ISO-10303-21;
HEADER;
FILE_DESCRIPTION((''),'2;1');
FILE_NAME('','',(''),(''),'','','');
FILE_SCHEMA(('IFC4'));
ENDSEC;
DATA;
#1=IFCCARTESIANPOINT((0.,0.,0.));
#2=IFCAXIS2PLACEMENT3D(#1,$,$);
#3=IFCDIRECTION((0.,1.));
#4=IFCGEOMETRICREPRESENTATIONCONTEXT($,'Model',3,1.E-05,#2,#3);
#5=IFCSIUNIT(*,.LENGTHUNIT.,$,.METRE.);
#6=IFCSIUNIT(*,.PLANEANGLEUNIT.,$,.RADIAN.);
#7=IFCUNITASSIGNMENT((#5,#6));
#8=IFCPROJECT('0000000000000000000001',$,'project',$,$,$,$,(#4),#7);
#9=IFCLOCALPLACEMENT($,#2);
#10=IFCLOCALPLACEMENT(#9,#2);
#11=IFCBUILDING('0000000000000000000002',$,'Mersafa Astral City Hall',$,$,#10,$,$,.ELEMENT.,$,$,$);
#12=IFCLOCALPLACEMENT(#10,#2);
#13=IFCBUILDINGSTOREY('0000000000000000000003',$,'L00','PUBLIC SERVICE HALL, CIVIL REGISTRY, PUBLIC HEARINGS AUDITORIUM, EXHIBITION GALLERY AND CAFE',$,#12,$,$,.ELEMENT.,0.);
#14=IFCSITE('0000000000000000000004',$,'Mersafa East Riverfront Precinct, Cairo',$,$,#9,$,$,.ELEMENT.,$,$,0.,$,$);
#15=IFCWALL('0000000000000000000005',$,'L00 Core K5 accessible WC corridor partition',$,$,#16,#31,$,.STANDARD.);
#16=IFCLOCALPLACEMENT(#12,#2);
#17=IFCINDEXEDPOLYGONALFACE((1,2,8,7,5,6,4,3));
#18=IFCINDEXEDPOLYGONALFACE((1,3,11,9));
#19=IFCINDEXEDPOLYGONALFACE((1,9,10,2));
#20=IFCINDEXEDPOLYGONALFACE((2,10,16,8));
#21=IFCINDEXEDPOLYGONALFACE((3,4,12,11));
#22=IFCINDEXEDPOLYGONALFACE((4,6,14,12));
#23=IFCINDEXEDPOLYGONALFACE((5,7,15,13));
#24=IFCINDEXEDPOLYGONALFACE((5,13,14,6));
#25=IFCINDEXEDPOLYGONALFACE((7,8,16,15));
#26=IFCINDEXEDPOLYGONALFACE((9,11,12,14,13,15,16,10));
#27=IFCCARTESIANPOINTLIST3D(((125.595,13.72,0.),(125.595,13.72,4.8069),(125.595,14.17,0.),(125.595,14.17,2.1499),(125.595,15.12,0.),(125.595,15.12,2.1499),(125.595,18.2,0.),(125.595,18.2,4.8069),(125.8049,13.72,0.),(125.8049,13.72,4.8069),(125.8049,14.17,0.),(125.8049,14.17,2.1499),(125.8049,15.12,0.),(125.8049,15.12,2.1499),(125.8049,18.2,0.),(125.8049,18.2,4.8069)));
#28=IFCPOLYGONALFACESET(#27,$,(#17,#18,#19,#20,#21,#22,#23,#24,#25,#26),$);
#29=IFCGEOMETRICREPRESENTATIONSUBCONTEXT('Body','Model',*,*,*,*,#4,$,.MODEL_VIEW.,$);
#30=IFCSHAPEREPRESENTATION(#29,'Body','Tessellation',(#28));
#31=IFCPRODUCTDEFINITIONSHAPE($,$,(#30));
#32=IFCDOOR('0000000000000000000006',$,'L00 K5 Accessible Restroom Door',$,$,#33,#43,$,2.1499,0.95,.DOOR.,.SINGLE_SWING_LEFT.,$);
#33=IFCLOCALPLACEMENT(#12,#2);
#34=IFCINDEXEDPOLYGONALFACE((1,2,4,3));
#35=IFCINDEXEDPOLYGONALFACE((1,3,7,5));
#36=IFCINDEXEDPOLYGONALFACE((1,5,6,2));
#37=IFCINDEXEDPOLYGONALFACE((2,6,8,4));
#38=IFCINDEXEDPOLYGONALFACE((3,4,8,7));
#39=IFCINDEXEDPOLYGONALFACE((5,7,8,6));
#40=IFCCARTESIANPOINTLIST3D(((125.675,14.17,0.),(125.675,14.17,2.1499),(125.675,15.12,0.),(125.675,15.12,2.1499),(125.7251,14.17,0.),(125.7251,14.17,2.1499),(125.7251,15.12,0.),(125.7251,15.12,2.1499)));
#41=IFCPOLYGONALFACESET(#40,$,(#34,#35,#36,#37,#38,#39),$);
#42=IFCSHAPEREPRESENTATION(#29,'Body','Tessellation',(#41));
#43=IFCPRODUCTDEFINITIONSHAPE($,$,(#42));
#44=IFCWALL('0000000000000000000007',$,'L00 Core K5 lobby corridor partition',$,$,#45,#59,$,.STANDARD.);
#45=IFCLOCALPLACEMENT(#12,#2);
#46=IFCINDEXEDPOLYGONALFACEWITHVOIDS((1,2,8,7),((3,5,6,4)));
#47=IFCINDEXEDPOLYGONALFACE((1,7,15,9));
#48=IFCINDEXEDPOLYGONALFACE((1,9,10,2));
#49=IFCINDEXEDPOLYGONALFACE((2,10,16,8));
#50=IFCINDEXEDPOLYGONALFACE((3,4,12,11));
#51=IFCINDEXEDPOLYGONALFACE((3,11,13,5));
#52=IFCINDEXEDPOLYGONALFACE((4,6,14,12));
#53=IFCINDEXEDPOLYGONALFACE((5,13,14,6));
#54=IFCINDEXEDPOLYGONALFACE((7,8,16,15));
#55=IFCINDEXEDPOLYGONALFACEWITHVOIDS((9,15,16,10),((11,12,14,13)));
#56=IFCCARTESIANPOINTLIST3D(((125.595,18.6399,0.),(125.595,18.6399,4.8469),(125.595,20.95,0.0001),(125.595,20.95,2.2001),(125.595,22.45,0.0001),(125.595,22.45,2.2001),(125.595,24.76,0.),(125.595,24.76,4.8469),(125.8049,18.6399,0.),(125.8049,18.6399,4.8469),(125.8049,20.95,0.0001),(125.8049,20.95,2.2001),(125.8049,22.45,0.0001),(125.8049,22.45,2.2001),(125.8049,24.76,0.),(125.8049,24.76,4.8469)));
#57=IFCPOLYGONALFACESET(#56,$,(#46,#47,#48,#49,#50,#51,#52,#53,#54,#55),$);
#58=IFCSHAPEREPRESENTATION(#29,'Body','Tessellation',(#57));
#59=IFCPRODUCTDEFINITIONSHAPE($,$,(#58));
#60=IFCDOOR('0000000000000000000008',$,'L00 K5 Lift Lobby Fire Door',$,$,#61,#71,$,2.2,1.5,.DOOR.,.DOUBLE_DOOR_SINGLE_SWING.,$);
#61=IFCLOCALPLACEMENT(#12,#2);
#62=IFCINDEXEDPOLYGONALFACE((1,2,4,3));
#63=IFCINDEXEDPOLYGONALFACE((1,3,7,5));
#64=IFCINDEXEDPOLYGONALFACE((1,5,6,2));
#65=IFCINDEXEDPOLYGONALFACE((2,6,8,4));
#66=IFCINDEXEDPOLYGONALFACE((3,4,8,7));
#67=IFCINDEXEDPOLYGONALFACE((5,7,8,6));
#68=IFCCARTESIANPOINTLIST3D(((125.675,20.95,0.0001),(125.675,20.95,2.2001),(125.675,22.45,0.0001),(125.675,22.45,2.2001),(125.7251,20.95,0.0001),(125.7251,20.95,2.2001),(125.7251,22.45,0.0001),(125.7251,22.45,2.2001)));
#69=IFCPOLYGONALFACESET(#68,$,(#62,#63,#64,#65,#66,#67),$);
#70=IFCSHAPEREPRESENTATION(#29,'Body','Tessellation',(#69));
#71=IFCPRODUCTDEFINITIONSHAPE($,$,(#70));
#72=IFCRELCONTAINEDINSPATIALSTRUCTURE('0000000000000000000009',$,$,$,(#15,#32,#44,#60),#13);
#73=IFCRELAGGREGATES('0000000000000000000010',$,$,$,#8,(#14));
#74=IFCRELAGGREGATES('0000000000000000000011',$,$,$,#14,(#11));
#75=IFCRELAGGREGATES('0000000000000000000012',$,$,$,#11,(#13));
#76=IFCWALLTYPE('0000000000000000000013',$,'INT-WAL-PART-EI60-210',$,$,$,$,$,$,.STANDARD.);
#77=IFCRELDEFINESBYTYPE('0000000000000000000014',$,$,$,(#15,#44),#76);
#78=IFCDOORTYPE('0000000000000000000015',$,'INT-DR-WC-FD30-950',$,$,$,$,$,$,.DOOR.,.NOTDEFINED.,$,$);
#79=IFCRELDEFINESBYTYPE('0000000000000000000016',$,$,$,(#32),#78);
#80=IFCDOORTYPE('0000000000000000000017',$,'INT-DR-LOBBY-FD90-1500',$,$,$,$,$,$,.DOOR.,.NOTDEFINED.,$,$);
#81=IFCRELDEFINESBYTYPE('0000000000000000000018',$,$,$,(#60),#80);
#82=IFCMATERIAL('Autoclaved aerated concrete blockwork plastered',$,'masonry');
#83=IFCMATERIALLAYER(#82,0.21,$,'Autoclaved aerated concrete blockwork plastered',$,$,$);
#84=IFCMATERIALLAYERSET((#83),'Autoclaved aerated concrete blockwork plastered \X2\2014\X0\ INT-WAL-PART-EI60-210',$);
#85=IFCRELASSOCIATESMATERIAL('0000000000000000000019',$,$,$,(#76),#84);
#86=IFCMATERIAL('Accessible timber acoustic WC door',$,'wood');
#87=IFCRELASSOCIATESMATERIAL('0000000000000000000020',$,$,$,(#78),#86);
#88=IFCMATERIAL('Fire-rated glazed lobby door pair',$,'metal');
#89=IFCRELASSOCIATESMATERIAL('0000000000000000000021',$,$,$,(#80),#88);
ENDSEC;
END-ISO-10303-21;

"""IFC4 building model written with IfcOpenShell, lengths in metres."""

from ifc_helpers import new_model, si_unit, direction, frame, frame_2d, origin, place, context, subcontext, project, spatial, rectangle, extrude, material, layer, layer_set, type_object, element, fill, save


model = new_model("IFC4")

# Units and contexts
model_context = context("Model", 3, precision=1e-05, world=origin(), true_north=direction((0.0, 1.0)))
body_context = subcontext(model_context, "Body", "Model", "MODEL_VIEW")
ifc_project = project(units=[si_unit("LENGTHUNIT", "METRE"), si_unit("PLANEANGLEUNIT", "RADIAN")], contexts=[model_context])

# Site, building, storey
site_placement = place(None, origin())
site = spatial("IfcSite", under=ifc_project, at=site_placement, Name="Mersafa East Riverfront Precinct, Cairo", CompositionType="ELEMENT", RefElevation=0.0)
building_placement = place(site_placement, origin())
building = spatial("IfcBuilding", under=site, at=building_placement, Name="Mersafa Astral City Hall", CompositionType="ELEMENT")
storey_placement = place(building_placement, origin())
storey = spatial("IfcBuildingStorey", under=building, at=storey_placement, Name="L00", Description="PUBLIC SERVICE HALL, CIVIL REGISTRY, PUBLIC HEARINGS AUDITORIUM, EXHIBITION GALLERY AND CAFE", CompositionType="ELEMENT", Elevation=0.0)

# Walls, openings, doors
ifc_material_1 = material(Name="Autoclaved aerated concrete blockwork plastered", Category="masonry")
ifc_layer_1 = layer(ifc_material_1, 0.21, Name="Autoclaved aerated concrete blockwork plastered")
ifc_layer_set_1 = layer_set([ifc_layer_1], Name="Autoclaved aerated concrete blockwork plastered — INT-WAL-PART-EI60-210")
wall_type_1 = type_object("IfcWallType", Name="INT-WAL-PART-EI60-210", PredefinedType="STANDARD", material=ifc_layer_set_1)
wall_1_placement = place(storey_placement, frame((125.7, 13.72, 0.0), z_axis=(0.0, 0.0, 1.0), x_axis=(0.0, 1.0, 0.0)))
wall_1 = element("IfcWall", 1, at=wall_1_placement, inside=storey, type_object=wall_type_1, Name="L00 Core K5 accessible WC corridor partition", PredefinedType="STANDARD", context=body_context, shape_type="SweptSolid", body=[
    extrude(rectangle(XDim=4.48, YDim=0.21, at=frame_2d((2.24, 0.0))), origin(), (0.0, 0.0, 1.0), 4.8069),
])
opening_1_placement = place(wall_1_placement, frame((0.45, 0.0, 0.0)))
opening_1 = element("IfcOpeningElement", 2, at=opening_1_placement, cuts=wall_1, PredefinedType="OPENING", context=body_context, shape_type="SweptSolid", body=[
    extrude(rectangle(XDim=0.95, YDim=2.1499, at=frame_2d((0.4751, 1.075))), frame((0.0, 0.115, 0.0), z_axis=(0.0, -1.0, 0.0), x_axis=(1.0, 0.0, 0.0)), (0.0, 0.0, 1.0), 0.23),
])
ifc_material_2 = material(Name="Accessible timber acoustic WC door", Category="wood")
door_type_1 = type_object("IfcDoorType", Name="INT-DR-WC-FD30-950", OperationType="NOTDEFINED", PredefinedType="DOOR", material=ifc_material_2)
door_1_placement = place(opening_1_placement, origin())
door_1 = element("IfcDoor", 3, at=door_1_placement, inside=storey, type_object=door_type_1, Name="L00 K5 Accessible Restroom Door", OperationType="SINGLE_SWING_LEFT", OverallHeight=2.1499, OverallWidth=0.95, PredefinedType="DOOR", context=body_context, shape_type="SweptSolid", body=[
    extrude(rectangle(XDim=0.95, YDim=2.1499, at=frame_2d((0.4751, 1.075))), frame((0.0, 0.0249, 0.0), z_axis=(0.0, -1.0, 0.0), x_axis=(1.0, 0.0, 0.0)), (0.0, 0.0, 1.0), 0.05),
])
fill(opening_1, door_1)
wall_2_placement = place(storey_placement, frame((125.7, 18.6399, 0.0), z_axis=(0.0, 0.0, 1.0), x_axis=(0.0, 1.0, 0.0)))
wall_2 = element("IfcWall", 4, at=wall_2_placement, inside=storey, type_object=wall_type_1, Name="L00 Core K5 lobby corridor partition", PredefinedType="STANDARD", context=body_context, shape_type="SweptSolid", body=[
    extrude(rectangle(XDim=6.1201, YDim=0.21, at=frame_2d((3.0601, 0.0))), origin(), (0.0, 0.0, 1.0), 4.8469),
])
opening_2_placement = place(wall_2_placement, frame((2.3101, 0.0, 0.0)))
opening_2 = element("IfcOpeningElement", 5, at=opening_2_placement, cuts=wall_2, PredefinedType="OPENING", context=body_context, shape_type="SweptSolid", body=[
    extrude(rectangle(XDim=1.5, YDim=2.2, at=frame_2d((0.75, 1.1001))), frame((0.0, 0.115, 0.0), z_axis=(0.0, -1.0, 0.0), x_axis=(1.0, 0.0, 0.0)), (0.0, 0.0, 1.0), 0.23),
])
ifc_material_3 = material(Name="Fire-rated glazed lobby door pair", Category="metal")
door_type_2 = type_object("IfcDoorType", Name="INT-DR-LOBBY-FD90-1500", OperationType="NOTDEFINED", PredefinedType="DOOR", material=ifc_material_3)
door_2_placement = place(opening_2_placement, origin())
door_2 = element("IfcDoor", 6, at=door_2_placement, inside=storey, type_object=door_type_2, Name="L00 K5 Lift Lobby Fire Door", OperationType="DOUBLE_DOOR_SINGLE_SWING", OverallHeight=2.2, OverallWidth=1.5, PredefinedType="DOOR", context=body_context, shape_type="SweptSolid", body=[
    extrude(rectangle(XDim=1.5, YDim=2.2, at=frame_2d((0.75, 1.1001))), frame((0.0, 0.0249, 0.0), z_axis=(0.0, -1.0, 0.0), x_axis=(1.0, 0.0, 0.0)), (0.0, 0.0, 1.0), 0.05),
])
fill(opening_2, door_2)

save(model, "model.ifc")
